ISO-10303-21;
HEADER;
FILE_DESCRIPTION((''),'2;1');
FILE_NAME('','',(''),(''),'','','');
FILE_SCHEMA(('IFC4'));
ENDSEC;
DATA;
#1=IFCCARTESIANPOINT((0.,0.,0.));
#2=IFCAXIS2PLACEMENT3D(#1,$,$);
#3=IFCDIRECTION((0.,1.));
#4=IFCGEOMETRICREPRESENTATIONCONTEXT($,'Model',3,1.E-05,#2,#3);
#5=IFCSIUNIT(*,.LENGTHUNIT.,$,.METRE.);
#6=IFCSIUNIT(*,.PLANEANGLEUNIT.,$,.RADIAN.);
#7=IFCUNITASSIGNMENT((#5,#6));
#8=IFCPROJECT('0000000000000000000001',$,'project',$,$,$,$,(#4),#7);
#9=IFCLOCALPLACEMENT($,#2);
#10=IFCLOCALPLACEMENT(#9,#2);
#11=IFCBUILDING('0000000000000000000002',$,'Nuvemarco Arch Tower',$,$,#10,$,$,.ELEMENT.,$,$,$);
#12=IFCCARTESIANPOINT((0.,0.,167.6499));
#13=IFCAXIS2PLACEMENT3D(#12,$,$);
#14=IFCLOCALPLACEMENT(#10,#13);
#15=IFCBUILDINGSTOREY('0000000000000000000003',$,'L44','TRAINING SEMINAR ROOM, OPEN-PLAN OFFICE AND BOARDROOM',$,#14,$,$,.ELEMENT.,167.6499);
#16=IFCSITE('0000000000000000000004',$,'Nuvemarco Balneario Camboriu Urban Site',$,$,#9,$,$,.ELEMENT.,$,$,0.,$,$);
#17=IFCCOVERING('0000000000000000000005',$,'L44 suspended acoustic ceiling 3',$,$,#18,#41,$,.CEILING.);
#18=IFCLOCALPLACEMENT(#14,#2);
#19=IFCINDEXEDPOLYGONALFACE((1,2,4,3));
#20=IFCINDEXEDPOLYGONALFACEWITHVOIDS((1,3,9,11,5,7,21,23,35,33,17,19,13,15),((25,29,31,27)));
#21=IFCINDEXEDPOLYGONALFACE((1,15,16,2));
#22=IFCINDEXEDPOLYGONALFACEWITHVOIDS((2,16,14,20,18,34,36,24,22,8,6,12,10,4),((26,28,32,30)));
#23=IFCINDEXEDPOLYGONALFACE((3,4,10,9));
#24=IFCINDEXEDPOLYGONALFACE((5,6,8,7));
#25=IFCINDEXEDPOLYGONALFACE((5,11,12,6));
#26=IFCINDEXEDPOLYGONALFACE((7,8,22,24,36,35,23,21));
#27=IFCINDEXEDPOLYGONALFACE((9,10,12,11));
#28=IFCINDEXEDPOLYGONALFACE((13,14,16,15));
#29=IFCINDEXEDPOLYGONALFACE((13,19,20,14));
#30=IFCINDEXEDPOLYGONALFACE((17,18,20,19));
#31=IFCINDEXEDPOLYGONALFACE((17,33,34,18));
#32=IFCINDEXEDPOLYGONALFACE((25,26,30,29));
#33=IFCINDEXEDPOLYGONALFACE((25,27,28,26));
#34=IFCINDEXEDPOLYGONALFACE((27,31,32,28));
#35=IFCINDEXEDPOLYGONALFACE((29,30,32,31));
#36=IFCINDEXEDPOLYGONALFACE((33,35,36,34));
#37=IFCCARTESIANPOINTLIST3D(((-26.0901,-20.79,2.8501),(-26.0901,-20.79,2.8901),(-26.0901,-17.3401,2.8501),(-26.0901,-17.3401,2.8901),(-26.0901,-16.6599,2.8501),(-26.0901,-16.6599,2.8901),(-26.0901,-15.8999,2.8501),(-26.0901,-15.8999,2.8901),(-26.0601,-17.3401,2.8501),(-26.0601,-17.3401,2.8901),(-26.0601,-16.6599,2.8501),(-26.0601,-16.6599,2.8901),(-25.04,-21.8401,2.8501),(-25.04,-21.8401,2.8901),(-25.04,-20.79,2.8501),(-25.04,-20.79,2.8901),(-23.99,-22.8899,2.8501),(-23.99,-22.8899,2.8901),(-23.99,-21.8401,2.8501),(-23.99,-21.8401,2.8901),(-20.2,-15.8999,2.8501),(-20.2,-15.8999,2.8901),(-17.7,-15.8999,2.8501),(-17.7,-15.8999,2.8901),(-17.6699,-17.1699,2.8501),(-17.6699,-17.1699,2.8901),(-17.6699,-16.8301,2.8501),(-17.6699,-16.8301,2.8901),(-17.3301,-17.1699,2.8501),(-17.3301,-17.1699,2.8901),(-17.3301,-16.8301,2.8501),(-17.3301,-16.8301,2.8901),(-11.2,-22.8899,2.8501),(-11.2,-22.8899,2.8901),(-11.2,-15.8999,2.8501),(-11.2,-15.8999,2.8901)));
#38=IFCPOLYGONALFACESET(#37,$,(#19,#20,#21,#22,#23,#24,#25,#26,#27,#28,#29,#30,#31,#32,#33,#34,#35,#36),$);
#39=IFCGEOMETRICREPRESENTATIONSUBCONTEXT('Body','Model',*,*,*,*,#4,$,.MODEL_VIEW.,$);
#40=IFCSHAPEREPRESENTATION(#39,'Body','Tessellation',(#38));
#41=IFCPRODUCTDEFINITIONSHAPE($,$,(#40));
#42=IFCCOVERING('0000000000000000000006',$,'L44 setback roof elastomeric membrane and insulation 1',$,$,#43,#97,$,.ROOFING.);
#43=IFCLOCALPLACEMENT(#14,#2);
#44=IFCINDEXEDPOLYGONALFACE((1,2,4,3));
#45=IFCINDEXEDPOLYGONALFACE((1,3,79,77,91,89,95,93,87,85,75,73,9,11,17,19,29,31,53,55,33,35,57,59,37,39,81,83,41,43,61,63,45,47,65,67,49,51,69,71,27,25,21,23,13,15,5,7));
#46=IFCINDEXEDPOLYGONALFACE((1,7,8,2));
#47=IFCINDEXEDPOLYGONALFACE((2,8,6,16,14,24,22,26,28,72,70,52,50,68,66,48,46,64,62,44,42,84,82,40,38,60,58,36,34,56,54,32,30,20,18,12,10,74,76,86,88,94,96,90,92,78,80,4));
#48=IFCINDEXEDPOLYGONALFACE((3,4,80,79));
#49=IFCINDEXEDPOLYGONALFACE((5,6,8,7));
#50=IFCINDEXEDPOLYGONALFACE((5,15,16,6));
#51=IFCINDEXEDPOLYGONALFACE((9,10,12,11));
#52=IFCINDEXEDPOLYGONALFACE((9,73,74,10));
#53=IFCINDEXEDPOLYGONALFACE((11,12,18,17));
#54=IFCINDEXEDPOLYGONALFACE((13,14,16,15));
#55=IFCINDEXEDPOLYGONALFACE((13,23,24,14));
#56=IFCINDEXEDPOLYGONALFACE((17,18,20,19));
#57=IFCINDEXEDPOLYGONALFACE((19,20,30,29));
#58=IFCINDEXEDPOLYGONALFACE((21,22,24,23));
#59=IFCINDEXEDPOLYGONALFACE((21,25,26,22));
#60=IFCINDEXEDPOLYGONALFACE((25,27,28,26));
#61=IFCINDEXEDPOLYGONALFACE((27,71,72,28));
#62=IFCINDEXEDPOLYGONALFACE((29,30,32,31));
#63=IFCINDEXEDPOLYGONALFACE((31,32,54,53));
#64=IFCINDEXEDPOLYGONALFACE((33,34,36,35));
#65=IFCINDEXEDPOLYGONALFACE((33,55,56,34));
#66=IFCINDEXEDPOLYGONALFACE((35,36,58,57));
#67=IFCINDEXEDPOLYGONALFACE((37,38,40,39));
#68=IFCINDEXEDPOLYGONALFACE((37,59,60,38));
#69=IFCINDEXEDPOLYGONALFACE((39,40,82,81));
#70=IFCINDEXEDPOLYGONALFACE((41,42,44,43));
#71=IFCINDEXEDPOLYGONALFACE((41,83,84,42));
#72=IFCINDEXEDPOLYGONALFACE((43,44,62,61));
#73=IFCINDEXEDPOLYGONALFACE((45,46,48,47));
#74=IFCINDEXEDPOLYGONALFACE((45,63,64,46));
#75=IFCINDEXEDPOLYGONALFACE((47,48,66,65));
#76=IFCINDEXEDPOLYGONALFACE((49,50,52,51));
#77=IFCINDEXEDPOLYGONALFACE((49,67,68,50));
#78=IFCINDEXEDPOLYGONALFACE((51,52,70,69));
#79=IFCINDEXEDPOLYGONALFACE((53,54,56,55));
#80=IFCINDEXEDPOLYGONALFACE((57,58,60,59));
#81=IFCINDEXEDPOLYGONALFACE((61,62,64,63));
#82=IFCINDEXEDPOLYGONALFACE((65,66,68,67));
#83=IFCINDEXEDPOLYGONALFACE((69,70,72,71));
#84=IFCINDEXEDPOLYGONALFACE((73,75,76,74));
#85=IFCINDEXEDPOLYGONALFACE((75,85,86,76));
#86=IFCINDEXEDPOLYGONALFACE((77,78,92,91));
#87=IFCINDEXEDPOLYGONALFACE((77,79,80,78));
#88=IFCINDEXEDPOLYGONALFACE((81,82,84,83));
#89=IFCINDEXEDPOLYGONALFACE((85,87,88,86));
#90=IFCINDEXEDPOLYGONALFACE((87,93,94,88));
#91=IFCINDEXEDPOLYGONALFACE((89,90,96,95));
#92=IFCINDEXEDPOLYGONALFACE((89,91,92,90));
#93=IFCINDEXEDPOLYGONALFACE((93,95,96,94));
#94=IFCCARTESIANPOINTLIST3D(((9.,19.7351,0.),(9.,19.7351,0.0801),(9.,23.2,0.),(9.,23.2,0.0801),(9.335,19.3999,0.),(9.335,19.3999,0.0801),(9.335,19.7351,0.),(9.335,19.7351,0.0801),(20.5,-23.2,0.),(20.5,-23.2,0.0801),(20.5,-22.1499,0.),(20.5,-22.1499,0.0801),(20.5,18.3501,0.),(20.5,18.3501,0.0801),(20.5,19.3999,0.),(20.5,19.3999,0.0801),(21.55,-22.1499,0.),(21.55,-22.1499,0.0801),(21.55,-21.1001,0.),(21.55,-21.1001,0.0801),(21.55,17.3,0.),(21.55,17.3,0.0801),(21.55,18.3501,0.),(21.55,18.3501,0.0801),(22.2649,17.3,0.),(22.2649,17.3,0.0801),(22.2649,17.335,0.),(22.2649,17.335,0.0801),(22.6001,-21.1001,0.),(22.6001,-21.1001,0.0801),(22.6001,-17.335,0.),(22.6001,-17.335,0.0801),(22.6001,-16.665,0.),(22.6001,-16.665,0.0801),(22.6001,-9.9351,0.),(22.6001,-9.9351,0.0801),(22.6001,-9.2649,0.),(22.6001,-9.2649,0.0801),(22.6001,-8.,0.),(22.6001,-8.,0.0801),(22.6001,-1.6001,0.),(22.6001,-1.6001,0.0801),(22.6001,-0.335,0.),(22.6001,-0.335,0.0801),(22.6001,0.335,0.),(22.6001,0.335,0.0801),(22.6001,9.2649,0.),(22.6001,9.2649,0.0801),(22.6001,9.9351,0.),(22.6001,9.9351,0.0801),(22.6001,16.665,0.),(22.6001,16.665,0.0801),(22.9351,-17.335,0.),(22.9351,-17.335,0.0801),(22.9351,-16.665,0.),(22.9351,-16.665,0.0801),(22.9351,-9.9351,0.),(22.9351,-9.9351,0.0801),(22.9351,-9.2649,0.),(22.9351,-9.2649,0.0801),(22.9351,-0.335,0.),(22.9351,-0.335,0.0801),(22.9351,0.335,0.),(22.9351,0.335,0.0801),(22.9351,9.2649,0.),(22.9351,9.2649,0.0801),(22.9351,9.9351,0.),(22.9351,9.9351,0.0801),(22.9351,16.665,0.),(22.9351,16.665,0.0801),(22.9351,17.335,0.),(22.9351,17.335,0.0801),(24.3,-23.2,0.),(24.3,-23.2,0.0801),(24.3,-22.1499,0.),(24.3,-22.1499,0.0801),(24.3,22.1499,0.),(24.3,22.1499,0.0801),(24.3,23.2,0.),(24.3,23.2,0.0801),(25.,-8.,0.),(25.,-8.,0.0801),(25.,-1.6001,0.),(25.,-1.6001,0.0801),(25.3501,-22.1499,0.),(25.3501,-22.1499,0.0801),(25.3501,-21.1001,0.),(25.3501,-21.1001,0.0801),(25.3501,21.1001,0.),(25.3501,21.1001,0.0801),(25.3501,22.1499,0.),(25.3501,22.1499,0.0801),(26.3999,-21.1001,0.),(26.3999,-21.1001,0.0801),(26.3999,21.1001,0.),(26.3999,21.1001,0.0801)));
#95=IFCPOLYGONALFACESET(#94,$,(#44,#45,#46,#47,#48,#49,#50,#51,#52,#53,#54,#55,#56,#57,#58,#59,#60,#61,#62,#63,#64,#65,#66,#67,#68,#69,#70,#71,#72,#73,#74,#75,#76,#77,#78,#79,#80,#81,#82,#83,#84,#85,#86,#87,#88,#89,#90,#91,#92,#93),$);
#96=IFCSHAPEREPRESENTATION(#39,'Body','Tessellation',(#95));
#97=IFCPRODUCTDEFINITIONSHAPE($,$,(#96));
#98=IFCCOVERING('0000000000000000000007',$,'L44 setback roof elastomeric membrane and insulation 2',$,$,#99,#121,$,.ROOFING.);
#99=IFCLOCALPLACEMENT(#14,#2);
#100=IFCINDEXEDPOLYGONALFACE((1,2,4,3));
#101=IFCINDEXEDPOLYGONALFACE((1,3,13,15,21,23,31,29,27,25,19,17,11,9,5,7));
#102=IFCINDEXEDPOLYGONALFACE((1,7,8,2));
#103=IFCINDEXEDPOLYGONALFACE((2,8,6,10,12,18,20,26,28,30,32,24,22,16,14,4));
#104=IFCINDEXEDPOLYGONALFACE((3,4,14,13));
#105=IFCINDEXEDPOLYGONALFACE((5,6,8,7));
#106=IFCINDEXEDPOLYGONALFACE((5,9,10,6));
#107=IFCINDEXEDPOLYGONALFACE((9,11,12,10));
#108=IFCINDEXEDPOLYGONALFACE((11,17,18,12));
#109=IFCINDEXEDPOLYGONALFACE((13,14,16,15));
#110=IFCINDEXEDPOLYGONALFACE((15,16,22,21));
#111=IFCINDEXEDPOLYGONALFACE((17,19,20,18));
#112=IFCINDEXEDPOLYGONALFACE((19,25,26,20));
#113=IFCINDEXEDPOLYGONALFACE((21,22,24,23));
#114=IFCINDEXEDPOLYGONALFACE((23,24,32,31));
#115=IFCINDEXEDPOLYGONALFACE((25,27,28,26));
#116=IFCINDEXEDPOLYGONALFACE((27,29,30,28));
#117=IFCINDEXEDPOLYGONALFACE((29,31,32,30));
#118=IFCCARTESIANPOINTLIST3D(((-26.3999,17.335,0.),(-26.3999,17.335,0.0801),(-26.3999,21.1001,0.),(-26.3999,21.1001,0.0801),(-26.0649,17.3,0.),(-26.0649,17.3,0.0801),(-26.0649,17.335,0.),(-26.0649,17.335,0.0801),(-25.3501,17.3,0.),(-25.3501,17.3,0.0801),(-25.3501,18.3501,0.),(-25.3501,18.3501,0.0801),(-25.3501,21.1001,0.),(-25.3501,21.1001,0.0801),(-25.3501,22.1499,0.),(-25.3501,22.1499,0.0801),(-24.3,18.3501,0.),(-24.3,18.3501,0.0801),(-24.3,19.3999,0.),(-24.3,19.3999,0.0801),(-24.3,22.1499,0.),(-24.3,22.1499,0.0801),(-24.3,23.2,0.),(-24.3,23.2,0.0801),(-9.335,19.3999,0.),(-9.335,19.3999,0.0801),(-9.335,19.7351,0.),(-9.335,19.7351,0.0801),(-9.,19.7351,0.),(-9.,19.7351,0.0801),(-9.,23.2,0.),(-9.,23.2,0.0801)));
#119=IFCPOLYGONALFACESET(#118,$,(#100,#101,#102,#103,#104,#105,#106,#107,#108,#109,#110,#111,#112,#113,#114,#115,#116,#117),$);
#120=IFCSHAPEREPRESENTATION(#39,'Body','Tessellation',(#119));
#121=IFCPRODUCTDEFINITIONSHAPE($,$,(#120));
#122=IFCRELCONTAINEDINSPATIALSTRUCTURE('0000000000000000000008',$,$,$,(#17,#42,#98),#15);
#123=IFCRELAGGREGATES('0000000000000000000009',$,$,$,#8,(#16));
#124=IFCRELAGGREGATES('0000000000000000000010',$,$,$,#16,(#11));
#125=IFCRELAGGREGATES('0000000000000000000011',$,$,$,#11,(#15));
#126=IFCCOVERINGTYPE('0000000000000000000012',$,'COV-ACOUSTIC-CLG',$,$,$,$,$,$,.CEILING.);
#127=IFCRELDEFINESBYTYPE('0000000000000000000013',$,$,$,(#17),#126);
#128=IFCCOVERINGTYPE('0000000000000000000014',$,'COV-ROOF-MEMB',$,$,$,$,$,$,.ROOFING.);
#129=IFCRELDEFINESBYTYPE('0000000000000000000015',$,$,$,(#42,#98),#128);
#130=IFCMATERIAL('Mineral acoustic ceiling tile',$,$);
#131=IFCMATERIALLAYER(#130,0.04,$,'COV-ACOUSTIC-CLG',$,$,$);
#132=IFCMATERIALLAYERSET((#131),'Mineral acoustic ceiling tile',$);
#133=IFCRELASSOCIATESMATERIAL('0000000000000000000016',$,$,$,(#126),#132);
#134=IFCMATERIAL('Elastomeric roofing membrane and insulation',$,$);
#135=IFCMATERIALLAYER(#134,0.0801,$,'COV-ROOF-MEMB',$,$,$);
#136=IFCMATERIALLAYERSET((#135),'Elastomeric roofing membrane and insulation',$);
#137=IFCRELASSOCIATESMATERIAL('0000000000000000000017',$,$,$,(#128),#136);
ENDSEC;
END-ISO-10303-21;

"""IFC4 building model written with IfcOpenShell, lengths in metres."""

from ifc_helpers import new_model, si_unit, direction, frame, origin, place, context, subcontext, project, spatial, polyline, outline, extrude, material, layer, layer_set, type_object, element, save


model = new_model("IFC4")

# Units and contexts
model_context = context("Model", 3, precision=1e-05, world=origin(), true_north=direction((0.0, 1.0)))
body_context = subcontext(model_context, "Body", "Model", "MODEL_VIEW")
ifc_project = project(units=[si_unit("LENGTHUNIT", "METRE"), si_unit("PLANEANGLEUNIT", "RADIAN")], contexts=[model_context])

# Site, building, storey
site_placement = place(None, origin())
site = spatial("IfcSite", under=ifc_project, at=site_placement, Name="Nuvemarco Balneario Camboriu Urban Site", CompositionType="ELEMENT", RefElevation=0.0)
building_placement = place(site_placement, origin())
building = spatial("IfcBuilding", under=site, at=building_placement, Name="Nuvemarco Arch Tower", CompositionType="ELEMENT")
storey_placement = place(building_placement, frame((0.0, 0.0, 167.6499)))
storey = spatial("IfcBuildingStorey", under=building, at=storey_placement, Name="L44", Description="TRAINING SEMINAR ROOM, OPEN-PLAN OFFICE AND BOARDROOM", CompositionType="ELEMENT", Elevation=167.6499)

# Coverings
ifc_material_1 = material(Name="Mineral acoustic ceiling tile")
ifc_layer_1 = layer(ifc_material_1, 0.04, Name="COV-ACOUSTIC-CLG")
ifc_layer_set_1 = layer_set([ifc_layer_1], Name="Mineral acoustic ceiling tile")
covering_type_1 = type_object("IfcCoveringType", Name="COV-ACOUSTIC-CLG", PredefinedType="CEILING", material=ifc_layer_set_1)
covering_1_placement = place(storey_placement, frame((0.0, 0.0, 2.8501)))
element("IfcCovering", 1, at=covering_1_placement, inside=storey, type_object=covering_type_1, Name="L44 suspended acoustic ceiling 3", PredefinedType="CEILING", context=body_context, shape_type="SweptSolid", body=[
    extrude(outline(polyline([(-26.0901, -20.79), (-26.0901, -17.3401), (-26.0601, -17.3401), (-26.0601, -16.6599), (-26.0901, -16.6599), (-26.0901, -15.8999), (-20.2, -15.8999), (-17.7, -15.8999), (-11.2, -15.8999), (-11.2, -22.8899), (-23.99, -22.8899), (-23.99, -21.8401), (-25.04, -21.8401), (-25.04, -20.79), (-26.0901, -20.79)]), holes=[polyline([(-17.3301, -16.8301), (-17.6699, -16.8301), (-17.6699, -17.1699), (-17.3301, -17.1699), (-17.3301, -16.8301)])]), origin(), (0.0, 0.0, 1.0), 0.04),
])
ifc_material_2 = material(Name="Elastomeric roofing membrane and insulation")
ifc_layer_2 = layer(ifc_material_2, 0.0801, Name="COV-ROOF-MEMB")
ifc_layer_set_2 = layer_set([ifc_layer_2], Name="Elastomeric roofing membrane and insulation")
covering_type_2 = type_object("IfcCoveringType", Name="COV-ROOF-MEMB", PredefinedType="ROOFING", material=ifc_layer_set_2)
covering_2_placement = place(storey_placement, origin())
element("IfcCovering", 2, at=covering_2_placement, inside=storey, type_object=covering_type_2, Name="L44 setback roof elastomeric membrane and insulation 1", PredefinedType="ROOFING", context=body_context, shape_type="SweptSolid", body=[
    extrude(outline(polyline([(24.3, 23.2), (24.3, 22.1499), (25.3501, 22.1499), (25.3501, 21.1001), (26.3999, 21.1001), (26.3999, -21.1001), (25.3501, -21.1001), (25.3501, -22.1499), (24.3, -22.1499), (24.3, -23.2), (20.5, -23.2), (20.5, -22.1499), (21.55, -22.1499), (21.55, -21.1001), (22.6001, -21.1001), (22.6001, -17.335), (22.9351, -17.335), (22.9351, -16.665), (22.6001, -16.665), (22.6001, -9.9351), (22.9351, -9.9351), (22.9351, -9.2649), (22.6001, -9.2649), (22.6001, -8.0), (25.0, -8.0), (25.0, -1.6001), (22.6001, -1.6001), (22.6001, -0.335), (22.9351, -0.335), (22.9351, 0.335), (22.6001, 0.335), (22.6001, 9.2649), (22.9351, 9.2649), (22.9351, 9.9351), (22.6001, 9.9351), (22.6001, 16.665), (22.9351, 16.665), (22.9351, 17.335), (22.2649, 17.335), (22.2649, 17.3), (21.55, 17.3), (21.55, 18.3501), (20.5, 18.3501), (20.5, 19.3999), (9.335, 19.3999), (9.335, 19.7351), (9.0, 19.7351), (9.0, 23.2), (24.3, 23.2)])), origin(), (0.0, 0.0, 1.0), 0.0801),
])
covering_3_placement = place(storey_placement, origin())
element("IfcCovering", 3, at=covering_3_placement, inside=storey, type_object=covering_type_2, Name="L44 setback roof elastomeric membrane and insulation 2", PredefinedType="ROOFING", context=body_context, shape_type="SweptSolid", body=[
    extrude(outline(polyline([(-26.3999, 21.1001), (-25.3501, 21.1001), (-25.3501, 22.1499), (-24.3, 22.1499), (-24.3, 23.2), (-9.0, 23.2), (-9.0, 19.7351), (-9.335, 19.7351), (-9.335, 19.3999), (-24.3, 19.3999), (-24.3, 18.3501), (-25.3501, 18.3501), (-25.3501, 17.3), (-26.0649, 17.3), (-26.0649, 17.335), (-26.3999, 17.335), (-26.3999, 21.1001)])), origin(), (0.0, 0.0, 1.0), 0.0801),
])

save(model, "model.ifc")
